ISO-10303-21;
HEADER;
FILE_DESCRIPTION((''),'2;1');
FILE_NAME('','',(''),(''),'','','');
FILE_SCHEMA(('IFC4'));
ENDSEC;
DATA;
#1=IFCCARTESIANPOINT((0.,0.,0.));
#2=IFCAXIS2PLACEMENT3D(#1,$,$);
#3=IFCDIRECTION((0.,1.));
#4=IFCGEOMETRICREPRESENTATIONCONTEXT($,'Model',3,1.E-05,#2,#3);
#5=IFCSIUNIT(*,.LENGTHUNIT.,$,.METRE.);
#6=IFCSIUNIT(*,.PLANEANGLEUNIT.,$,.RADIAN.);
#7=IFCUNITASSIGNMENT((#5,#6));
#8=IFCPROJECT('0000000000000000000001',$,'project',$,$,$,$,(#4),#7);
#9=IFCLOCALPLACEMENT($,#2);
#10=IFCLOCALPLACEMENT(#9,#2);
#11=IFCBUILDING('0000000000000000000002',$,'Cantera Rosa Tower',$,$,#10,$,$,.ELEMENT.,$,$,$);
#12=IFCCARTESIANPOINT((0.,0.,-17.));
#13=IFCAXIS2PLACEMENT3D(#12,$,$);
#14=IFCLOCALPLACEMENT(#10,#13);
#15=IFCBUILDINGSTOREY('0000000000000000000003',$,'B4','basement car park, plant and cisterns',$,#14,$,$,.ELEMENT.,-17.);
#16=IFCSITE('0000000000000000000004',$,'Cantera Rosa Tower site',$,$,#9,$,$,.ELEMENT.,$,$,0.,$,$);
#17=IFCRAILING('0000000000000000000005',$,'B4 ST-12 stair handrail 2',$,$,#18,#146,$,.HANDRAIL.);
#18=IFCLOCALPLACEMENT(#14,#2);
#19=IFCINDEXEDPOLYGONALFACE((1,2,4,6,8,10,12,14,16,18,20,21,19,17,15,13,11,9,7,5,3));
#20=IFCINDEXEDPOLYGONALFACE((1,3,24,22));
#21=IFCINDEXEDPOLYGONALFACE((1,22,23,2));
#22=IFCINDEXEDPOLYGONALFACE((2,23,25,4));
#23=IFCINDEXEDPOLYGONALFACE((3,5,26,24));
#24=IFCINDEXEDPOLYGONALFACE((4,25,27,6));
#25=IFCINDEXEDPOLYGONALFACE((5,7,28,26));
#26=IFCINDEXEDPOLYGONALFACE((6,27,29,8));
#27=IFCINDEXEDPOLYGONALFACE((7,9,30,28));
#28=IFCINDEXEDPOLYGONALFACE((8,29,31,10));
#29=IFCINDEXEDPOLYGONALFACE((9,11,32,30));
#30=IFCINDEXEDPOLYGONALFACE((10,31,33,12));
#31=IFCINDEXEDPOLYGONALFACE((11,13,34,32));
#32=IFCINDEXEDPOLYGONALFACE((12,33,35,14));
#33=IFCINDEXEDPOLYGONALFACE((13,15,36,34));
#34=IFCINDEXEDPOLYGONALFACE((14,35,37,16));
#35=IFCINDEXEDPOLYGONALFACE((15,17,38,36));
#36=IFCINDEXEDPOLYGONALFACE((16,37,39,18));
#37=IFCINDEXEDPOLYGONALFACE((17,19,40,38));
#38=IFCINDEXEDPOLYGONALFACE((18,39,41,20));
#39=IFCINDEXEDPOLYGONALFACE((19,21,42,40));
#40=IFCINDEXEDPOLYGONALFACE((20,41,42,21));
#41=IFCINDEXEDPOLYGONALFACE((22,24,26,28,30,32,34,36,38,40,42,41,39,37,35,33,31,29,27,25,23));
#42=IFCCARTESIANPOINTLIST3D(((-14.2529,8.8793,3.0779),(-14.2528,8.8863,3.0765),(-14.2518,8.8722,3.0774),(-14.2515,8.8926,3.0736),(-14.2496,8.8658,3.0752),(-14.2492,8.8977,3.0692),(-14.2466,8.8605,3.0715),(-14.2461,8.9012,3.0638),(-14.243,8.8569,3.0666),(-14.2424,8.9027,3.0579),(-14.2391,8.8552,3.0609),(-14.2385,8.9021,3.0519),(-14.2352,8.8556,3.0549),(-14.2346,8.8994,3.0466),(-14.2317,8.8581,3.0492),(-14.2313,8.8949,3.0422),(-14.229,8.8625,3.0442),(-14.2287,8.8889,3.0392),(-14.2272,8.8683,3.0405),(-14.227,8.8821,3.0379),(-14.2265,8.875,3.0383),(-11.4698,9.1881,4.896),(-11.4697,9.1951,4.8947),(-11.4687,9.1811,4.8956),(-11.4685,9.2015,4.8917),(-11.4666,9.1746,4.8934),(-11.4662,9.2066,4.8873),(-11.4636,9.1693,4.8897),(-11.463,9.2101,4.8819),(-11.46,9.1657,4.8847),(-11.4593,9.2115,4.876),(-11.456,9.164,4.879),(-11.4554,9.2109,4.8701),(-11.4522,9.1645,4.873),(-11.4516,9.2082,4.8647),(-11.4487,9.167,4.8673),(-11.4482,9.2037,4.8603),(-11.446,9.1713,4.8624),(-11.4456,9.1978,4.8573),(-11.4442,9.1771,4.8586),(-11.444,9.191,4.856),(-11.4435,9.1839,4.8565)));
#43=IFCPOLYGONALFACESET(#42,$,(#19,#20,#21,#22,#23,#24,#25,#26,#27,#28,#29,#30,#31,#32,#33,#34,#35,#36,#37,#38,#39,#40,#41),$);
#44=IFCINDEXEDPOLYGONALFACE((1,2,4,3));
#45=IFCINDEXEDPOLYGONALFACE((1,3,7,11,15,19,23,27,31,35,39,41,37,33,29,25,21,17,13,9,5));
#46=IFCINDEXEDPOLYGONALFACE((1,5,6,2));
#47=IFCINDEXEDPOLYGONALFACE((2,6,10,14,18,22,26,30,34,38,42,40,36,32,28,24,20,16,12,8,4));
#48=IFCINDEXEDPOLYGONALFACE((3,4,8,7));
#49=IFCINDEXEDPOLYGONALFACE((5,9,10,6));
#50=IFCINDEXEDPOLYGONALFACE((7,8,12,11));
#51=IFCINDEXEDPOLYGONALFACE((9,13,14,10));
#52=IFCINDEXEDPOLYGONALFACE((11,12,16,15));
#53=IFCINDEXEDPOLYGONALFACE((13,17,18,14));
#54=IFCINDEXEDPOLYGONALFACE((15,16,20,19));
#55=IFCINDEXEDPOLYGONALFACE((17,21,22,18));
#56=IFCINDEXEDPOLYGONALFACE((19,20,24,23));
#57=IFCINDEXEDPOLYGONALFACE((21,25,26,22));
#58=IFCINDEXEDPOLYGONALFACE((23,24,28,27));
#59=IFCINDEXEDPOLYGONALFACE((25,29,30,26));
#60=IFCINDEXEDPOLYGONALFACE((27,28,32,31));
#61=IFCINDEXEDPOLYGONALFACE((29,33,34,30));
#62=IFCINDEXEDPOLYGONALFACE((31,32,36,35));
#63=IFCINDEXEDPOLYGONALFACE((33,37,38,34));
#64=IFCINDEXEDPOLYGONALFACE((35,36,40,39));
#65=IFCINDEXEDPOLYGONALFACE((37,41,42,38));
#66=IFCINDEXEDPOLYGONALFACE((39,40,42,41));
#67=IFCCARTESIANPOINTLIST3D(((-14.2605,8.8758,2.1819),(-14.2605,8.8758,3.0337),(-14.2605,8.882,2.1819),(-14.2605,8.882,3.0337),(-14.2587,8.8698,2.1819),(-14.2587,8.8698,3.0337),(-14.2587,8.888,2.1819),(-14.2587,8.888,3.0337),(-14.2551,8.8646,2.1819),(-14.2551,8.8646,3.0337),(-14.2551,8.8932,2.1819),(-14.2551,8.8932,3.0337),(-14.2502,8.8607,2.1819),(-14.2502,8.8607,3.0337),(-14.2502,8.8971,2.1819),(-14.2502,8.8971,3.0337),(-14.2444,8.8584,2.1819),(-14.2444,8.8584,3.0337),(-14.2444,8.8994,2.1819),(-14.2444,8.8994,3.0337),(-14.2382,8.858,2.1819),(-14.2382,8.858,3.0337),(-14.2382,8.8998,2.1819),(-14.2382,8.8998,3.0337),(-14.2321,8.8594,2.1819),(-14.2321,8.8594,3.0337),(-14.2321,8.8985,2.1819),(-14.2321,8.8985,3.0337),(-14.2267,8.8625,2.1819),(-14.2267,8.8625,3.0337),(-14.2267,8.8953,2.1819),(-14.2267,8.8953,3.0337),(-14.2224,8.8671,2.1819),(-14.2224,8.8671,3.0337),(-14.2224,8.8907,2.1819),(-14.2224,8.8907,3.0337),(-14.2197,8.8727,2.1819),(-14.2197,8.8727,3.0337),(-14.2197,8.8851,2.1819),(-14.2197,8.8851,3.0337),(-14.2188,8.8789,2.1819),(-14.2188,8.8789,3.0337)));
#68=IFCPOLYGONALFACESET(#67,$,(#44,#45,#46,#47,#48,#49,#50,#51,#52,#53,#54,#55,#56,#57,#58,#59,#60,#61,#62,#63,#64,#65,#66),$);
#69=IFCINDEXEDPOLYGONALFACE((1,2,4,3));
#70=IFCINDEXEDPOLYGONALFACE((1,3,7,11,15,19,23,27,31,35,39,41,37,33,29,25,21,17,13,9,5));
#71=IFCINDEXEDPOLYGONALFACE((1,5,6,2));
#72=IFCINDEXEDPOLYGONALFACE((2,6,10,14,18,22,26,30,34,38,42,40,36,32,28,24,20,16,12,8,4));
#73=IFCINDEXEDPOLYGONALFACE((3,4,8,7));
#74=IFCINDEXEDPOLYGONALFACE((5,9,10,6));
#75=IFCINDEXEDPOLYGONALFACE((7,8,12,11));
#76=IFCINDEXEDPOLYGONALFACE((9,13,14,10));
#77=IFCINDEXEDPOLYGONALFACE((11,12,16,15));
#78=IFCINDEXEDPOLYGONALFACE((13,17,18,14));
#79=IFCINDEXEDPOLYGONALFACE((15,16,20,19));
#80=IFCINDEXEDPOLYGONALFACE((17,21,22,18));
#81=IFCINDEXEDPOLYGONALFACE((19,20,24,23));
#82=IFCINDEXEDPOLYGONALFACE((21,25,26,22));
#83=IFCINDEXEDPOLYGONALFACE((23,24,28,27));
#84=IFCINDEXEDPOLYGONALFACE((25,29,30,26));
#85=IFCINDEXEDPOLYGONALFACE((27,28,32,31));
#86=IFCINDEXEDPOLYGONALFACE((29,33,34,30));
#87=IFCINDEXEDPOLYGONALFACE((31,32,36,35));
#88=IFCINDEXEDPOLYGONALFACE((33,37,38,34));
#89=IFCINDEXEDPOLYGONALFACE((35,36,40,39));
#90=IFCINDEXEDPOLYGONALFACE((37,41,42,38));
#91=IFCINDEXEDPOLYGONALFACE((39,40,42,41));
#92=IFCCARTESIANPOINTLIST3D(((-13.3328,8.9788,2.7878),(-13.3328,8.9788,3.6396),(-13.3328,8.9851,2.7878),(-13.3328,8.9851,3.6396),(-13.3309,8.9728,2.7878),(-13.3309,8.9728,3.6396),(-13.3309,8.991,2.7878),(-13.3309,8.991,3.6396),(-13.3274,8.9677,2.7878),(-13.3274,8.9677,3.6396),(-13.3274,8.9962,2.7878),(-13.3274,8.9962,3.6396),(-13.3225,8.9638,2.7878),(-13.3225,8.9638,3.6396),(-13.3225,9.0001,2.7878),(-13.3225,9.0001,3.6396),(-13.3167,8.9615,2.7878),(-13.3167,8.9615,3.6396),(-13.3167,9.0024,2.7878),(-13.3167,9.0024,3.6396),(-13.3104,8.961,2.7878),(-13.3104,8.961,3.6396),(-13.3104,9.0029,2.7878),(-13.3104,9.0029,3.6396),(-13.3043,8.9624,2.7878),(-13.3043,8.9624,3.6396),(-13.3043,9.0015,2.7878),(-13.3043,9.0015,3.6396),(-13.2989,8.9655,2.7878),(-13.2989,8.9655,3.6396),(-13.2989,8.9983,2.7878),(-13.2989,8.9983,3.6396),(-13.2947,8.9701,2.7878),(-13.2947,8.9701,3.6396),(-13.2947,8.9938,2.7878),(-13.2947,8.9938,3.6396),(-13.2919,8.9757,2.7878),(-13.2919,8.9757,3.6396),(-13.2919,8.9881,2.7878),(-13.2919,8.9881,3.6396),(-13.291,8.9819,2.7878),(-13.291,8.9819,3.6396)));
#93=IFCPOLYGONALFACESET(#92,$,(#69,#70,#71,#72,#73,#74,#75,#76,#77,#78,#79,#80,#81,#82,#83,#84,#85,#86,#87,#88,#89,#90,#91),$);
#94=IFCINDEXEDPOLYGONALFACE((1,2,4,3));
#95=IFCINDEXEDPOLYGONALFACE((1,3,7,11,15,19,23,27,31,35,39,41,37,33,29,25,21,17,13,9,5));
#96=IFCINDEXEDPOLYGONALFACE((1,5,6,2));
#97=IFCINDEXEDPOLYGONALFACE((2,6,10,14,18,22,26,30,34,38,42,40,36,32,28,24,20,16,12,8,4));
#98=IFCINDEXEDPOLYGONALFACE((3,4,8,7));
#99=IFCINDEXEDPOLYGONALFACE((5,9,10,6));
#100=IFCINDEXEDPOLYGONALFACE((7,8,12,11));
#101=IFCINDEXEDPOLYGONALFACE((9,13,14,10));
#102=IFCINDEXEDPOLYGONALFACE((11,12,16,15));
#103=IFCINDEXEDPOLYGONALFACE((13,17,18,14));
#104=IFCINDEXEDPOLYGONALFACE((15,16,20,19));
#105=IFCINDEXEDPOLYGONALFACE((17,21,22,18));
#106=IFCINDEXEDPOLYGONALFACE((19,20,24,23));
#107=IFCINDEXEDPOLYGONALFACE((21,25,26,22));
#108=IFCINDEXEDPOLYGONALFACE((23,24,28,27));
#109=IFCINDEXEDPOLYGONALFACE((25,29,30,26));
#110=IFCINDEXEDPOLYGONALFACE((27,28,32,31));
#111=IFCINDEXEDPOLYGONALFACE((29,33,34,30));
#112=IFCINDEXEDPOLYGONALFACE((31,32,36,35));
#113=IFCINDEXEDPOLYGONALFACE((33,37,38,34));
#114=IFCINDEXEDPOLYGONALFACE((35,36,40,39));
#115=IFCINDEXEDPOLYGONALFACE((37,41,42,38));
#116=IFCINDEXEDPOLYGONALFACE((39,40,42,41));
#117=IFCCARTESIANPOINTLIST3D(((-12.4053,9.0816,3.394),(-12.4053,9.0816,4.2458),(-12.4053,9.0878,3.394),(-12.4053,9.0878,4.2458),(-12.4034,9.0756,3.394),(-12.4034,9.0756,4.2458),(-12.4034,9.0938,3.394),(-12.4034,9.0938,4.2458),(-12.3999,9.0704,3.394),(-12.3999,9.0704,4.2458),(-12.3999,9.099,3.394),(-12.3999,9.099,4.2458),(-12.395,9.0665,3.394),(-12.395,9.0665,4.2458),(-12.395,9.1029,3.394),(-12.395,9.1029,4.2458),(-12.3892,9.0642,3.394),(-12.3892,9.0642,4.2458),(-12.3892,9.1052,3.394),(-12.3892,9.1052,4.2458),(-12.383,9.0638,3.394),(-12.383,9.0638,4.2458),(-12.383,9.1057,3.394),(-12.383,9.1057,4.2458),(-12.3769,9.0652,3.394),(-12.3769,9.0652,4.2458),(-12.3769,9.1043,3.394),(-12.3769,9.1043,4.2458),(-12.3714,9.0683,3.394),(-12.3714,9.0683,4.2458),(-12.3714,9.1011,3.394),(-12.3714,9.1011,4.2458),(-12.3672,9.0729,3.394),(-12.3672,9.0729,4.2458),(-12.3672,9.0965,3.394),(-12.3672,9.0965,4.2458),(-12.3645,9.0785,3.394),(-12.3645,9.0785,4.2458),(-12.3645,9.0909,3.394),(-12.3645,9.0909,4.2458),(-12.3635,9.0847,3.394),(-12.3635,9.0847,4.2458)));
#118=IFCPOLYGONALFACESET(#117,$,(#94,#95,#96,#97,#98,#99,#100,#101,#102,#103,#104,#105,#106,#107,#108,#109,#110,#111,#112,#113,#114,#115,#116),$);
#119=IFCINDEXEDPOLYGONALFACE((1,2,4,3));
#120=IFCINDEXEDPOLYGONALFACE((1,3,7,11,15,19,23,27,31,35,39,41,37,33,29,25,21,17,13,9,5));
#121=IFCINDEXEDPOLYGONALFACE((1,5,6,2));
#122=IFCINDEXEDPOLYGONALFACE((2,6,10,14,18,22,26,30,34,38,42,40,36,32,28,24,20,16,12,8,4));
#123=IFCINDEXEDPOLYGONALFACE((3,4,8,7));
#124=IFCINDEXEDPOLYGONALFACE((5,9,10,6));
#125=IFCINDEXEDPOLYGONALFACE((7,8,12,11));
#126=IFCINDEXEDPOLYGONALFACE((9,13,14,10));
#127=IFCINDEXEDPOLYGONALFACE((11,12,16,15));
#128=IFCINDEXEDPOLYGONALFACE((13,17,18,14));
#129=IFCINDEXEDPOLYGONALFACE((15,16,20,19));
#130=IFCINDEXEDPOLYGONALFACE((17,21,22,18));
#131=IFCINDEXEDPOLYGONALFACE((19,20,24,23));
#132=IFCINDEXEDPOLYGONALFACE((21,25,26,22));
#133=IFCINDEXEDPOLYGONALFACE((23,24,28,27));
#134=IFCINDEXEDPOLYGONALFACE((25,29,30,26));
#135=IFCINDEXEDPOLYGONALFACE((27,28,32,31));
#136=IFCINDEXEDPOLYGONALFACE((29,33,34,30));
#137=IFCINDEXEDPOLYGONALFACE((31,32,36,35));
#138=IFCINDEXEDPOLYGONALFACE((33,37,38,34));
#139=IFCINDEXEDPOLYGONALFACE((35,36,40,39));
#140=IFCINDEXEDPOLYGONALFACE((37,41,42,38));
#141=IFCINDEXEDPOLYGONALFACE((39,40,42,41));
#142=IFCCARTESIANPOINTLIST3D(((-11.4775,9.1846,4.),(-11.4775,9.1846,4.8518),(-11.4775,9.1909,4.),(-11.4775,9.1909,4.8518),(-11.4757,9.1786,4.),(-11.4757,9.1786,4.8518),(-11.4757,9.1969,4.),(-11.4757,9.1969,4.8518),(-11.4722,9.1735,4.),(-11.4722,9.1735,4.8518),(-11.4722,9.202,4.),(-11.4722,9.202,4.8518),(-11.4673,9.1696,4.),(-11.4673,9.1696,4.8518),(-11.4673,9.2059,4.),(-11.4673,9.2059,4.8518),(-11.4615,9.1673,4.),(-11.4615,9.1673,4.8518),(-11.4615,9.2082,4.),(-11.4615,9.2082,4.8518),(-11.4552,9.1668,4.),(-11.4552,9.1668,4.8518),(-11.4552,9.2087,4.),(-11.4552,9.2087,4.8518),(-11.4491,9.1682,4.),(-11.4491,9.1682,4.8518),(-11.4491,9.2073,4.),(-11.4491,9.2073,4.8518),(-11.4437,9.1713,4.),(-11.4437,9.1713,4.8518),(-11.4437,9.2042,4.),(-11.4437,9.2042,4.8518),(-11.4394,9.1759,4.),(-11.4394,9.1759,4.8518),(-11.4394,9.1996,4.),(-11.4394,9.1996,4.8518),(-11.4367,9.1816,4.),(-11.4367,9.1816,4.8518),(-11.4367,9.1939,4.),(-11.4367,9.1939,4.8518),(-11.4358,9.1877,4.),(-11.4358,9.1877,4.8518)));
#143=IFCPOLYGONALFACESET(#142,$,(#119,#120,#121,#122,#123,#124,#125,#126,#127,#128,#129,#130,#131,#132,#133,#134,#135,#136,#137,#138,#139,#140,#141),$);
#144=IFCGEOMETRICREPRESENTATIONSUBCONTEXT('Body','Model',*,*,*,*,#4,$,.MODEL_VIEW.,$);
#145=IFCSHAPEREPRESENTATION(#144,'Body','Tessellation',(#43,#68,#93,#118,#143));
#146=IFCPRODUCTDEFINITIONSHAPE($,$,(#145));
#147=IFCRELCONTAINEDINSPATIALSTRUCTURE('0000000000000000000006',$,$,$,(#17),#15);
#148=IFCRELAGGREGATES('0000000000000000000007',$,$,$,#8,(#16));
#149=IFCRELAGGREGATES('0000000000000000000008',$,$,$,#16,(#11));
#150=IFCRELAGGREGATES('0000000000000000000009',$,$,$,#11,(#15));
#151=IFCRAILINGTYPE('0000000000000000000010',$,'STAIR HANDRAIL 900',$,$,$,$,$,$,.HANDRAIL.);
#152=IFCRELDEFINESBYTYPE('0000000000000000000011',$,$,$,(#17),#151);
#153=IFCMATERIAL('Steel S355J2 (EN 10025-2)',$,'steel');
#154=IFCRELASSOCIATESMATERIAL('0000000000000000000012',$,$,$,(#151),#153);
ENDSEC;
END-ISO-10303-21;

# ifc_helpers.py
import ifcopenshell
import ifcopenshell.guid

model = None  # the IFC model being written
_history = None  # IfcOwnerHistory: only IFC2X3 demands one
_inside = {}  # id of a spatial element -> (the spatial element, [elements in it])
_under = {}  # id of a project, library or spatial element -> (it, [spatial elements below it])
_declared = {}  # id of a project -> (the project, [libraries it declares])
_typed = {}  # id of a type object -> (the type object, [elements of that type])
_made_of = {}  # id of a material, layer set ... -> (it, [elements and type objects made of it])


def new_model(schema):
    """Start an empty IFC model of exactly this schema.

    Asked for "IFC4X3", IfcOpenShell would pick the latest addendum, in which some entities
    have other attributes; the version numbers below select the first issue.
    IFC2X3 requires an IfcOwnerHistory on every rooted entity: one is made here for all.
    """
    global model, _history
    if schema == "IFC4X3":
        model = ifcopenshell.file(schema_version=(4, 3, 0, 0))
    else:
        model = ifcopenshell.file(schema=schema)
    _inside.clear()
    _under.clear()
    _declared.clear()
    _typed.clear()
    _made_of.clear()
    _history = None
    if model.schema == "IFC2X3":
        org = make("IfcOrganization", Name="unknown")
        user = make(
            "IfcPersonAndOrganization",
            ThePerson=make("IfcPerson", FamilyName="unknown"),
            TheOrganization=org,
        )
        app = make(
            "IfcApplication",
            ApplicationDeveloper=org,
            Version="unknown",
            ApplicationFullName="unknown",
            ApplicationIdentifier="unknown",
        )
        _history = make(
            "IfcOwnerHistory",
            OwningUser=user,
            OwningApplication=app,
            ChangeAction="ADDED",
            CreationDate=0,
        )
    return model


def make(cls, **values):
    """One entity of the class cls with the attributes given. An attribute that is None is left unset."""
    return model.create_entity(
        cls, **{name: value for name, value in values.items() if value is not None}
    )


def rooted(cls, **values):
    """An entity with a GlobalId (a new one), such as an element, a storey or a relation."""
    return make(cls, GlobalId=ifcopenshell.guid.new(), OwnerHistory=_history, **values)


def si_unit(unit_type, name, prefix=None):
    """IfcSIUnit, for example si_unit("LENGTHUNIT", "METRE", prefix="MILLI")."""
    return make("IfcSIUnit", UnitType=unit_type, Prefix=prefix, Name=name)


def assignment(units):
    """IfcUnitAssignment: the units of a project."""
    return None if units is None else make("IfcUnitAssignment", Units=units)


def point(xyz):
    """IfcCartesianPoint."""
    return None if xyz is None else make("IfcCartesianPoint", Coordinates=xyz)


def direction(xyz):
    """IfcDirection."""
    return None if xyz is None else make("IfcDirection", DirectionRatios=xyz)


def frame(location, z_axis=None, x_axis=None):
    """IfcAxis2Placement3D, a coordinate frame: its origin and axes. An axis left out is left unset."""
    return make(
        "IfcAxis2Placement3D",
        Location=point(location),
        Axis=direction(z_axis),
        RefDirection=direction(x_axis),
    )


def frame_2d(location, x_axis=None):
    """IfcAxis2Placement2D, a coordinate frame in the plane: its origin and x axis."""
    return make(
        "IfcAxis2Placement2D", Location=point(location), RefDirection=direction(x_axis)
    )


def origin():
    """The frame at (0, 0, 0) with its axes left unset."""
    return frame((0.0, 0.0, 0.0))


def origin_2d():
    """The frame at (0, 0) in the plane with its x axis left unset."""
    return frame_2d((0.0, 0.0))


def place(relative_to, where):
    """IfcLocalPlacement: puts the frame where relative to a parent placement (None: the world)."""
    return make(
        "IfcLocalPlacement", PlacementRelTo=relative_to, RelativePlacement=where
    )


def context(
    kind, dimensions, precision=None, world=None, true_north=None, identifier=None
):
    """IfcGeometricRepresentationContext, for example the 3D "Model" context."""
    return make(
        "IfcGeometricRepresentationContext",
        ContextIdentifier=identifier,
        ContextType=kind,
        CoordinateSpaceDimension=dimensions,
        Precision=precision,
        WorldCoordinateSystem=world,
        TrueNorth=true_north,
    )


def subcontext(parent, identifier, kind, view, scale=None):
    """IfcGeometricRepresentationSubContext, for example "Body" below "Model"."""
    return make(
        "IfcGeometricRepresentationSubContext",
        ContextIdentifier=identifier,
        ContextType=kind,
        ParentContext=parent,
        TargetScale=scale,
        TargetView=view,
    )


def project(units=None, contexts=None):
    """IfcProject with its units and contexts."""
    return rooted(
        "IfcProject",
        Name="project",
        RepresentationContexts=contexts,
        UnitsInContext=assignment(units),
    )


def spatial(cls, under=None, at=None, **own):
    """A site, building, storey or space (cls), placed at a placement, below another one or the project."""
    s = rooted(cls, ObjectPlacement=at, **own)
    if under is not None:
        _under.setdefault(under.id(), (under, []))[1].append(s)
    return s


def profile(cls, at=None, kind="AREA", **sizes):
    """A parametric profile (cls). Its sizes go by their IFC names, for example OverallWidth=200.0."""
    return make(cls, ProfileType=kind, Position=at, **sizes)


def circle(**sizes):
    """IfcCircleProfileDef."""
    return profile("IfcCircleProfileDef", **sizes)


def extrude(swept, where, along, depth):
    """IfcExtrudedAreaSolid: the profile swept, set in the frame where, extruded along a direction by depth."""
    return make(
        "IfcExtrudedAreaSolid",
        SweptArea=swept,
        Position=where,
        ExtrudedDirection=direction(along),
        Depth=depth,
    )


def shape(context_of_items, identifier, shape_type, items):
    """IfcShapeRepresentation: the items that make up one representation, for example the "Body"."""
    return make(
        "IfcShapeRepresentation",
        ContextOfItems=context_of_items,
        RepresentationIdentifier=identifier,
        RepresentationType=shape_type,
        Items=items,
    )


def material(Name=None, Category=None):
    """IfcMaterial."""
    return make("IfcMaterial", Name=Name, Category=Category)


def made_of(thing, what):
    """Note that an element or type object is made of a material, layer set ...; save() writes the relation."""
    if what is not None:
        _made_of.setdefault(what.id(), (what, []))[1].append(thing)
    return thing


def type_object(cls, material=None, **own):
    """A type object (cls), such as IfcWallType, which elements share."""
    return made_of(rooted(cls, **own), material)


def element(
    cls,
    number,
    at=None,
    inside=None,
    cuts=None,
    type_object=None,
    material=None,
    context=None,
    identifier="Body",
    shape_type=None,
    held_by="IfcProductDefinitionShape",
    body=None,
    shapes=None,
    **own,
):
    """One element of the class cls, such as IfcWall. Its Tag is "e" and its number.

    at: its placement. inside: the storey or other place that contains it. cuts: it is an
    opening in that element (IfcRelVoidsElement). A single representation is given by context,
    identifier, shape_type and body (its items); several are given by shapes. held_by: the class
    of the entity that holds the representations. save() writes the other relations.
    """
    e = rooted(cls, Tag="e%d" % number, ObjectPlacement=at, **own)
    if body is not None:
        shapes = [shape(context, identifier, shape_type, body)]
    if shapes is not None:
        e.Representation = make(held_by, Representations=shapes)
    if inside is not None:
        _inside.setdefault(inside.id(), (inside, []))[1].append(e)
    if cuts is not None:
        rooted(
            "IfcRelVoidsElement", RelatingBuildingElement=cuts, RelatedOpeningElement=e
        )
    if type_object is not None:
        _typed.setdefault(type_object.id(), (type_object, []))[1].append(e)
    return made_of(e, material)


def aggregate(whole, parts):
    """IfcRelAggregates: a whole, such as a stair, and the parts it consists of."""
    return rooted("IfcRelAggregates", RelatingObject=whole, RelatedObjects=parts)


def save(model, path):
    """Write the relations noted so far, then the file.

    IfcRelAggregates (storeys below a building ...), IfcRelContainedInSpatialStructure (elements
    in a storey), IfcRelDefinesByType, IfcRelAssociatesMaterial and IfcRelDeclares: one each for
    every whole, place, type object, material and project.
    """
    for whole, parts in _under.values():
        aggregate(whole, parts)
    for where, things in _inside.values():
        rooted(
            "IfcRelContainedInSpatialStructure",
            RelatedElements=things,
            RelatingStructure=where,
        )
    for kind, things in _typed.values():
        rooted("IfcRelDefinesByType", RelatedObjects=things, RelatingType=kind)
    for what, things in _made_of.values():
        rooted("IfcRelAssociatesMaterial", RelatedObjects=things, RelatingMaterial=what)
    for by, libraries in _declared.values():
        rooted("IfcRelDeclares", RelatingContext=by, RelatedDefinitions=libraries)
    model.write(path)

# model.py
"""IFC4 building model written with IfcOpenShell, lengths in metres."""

from ifc_helpers import new_model, si_unit, direction, frame, origin, origin_2d, place, context, subcontext, project, spatial, circle, extrude, material, type_object, element, save


model = new_model("IFC4")

# Units and contexts
model_context = context("Model", 3, precision=1e-05, world=origin(), true_north=direction((0.0, 1.0)))
body_context = subcontext(model_context, "Body", "Model", "MODEL_VIEW")
ifc_project = project(units=[si_unit("LENGTHUNIT", "METRE"), si_unit("PLANEANGLEUNIT", "RADIAN")], contexts=[model_context])

# Site, building, storey
site_placement = place(None, origin())
site = spatial("IfcSite", under=ifc_project, at=site_placement, Name="Cantera Rosa Tower site", CompositionType="ELEMENT", RefElevation=0.0)
building_placement = place(site_placement, origin())
building = spatial("IfcBuilding", under=site, at=building_placement, Name="Cantera Rosa Tower", CompositionType="ELEMENT")
storey_placement = place(building_placement, frame((0.0, 0.0, -17.0)))
storey = spatial("IfcBuildingStorey", under=building, at=storey_placement, Name="B4", Description="basement car park, plant and cisterns", CompositionType="ELEMENT", Elevation=-17.0)

# Railing
ifc_material_1 = material(Name="Steel S355J2 (EN 10025-2)", Category="steel")
railing_type_1 = type_object("IfcRailingType", Name="STAIR HANDRAIL 900", PredefinedType="HANDRAIL", material=ifc_material_1)
railing_1_placement = place(storey_placement, frame((-14.2397, 8.8789, 2.1819)))
element("IfcRailing", 1, at=railing_1_placement, inside=storey, type_object=railing_type_1, Name="B4 ST-12 stair handrail 2", PredefinedType="HANDRAIL", context=body_context, shape_type="SweptSolid", body=[
    extrude(circle(Radius=0.0239, at=origin_2d()), frame((0.0, 0.0, 0.876), z_axis=(0.833588, 0.092507, 0.544586), x_axis=(-0.110298, 0.993899, 0.0)), (0.0, 0.0, 1.0), 3.3386),
    extrude(circle(Radius=0.021, at=origin_2d()), origin(), (0.0, 0.0, 1.0), 0.8518),
    extrude(circle(Radius=0.021, at=origin_2d()), frame((0.9277, 0.103, 0.606)), (0.0, 0.0, 1.0), 0.8518),
    extrude(circle(Radius=0.021, at=origin_2d()), frame((1.8552, 0.2058, 1.2122)), (0.0, 0.0, 1.0), 0.8518),
    extrude(circle(Radius=0.021, at=origin_2d()), frame((2.783, 0.3088, 1.8181)), (0.0, 0.0, 1.0), 0.8518),
])

save(model, "model.ifc")
